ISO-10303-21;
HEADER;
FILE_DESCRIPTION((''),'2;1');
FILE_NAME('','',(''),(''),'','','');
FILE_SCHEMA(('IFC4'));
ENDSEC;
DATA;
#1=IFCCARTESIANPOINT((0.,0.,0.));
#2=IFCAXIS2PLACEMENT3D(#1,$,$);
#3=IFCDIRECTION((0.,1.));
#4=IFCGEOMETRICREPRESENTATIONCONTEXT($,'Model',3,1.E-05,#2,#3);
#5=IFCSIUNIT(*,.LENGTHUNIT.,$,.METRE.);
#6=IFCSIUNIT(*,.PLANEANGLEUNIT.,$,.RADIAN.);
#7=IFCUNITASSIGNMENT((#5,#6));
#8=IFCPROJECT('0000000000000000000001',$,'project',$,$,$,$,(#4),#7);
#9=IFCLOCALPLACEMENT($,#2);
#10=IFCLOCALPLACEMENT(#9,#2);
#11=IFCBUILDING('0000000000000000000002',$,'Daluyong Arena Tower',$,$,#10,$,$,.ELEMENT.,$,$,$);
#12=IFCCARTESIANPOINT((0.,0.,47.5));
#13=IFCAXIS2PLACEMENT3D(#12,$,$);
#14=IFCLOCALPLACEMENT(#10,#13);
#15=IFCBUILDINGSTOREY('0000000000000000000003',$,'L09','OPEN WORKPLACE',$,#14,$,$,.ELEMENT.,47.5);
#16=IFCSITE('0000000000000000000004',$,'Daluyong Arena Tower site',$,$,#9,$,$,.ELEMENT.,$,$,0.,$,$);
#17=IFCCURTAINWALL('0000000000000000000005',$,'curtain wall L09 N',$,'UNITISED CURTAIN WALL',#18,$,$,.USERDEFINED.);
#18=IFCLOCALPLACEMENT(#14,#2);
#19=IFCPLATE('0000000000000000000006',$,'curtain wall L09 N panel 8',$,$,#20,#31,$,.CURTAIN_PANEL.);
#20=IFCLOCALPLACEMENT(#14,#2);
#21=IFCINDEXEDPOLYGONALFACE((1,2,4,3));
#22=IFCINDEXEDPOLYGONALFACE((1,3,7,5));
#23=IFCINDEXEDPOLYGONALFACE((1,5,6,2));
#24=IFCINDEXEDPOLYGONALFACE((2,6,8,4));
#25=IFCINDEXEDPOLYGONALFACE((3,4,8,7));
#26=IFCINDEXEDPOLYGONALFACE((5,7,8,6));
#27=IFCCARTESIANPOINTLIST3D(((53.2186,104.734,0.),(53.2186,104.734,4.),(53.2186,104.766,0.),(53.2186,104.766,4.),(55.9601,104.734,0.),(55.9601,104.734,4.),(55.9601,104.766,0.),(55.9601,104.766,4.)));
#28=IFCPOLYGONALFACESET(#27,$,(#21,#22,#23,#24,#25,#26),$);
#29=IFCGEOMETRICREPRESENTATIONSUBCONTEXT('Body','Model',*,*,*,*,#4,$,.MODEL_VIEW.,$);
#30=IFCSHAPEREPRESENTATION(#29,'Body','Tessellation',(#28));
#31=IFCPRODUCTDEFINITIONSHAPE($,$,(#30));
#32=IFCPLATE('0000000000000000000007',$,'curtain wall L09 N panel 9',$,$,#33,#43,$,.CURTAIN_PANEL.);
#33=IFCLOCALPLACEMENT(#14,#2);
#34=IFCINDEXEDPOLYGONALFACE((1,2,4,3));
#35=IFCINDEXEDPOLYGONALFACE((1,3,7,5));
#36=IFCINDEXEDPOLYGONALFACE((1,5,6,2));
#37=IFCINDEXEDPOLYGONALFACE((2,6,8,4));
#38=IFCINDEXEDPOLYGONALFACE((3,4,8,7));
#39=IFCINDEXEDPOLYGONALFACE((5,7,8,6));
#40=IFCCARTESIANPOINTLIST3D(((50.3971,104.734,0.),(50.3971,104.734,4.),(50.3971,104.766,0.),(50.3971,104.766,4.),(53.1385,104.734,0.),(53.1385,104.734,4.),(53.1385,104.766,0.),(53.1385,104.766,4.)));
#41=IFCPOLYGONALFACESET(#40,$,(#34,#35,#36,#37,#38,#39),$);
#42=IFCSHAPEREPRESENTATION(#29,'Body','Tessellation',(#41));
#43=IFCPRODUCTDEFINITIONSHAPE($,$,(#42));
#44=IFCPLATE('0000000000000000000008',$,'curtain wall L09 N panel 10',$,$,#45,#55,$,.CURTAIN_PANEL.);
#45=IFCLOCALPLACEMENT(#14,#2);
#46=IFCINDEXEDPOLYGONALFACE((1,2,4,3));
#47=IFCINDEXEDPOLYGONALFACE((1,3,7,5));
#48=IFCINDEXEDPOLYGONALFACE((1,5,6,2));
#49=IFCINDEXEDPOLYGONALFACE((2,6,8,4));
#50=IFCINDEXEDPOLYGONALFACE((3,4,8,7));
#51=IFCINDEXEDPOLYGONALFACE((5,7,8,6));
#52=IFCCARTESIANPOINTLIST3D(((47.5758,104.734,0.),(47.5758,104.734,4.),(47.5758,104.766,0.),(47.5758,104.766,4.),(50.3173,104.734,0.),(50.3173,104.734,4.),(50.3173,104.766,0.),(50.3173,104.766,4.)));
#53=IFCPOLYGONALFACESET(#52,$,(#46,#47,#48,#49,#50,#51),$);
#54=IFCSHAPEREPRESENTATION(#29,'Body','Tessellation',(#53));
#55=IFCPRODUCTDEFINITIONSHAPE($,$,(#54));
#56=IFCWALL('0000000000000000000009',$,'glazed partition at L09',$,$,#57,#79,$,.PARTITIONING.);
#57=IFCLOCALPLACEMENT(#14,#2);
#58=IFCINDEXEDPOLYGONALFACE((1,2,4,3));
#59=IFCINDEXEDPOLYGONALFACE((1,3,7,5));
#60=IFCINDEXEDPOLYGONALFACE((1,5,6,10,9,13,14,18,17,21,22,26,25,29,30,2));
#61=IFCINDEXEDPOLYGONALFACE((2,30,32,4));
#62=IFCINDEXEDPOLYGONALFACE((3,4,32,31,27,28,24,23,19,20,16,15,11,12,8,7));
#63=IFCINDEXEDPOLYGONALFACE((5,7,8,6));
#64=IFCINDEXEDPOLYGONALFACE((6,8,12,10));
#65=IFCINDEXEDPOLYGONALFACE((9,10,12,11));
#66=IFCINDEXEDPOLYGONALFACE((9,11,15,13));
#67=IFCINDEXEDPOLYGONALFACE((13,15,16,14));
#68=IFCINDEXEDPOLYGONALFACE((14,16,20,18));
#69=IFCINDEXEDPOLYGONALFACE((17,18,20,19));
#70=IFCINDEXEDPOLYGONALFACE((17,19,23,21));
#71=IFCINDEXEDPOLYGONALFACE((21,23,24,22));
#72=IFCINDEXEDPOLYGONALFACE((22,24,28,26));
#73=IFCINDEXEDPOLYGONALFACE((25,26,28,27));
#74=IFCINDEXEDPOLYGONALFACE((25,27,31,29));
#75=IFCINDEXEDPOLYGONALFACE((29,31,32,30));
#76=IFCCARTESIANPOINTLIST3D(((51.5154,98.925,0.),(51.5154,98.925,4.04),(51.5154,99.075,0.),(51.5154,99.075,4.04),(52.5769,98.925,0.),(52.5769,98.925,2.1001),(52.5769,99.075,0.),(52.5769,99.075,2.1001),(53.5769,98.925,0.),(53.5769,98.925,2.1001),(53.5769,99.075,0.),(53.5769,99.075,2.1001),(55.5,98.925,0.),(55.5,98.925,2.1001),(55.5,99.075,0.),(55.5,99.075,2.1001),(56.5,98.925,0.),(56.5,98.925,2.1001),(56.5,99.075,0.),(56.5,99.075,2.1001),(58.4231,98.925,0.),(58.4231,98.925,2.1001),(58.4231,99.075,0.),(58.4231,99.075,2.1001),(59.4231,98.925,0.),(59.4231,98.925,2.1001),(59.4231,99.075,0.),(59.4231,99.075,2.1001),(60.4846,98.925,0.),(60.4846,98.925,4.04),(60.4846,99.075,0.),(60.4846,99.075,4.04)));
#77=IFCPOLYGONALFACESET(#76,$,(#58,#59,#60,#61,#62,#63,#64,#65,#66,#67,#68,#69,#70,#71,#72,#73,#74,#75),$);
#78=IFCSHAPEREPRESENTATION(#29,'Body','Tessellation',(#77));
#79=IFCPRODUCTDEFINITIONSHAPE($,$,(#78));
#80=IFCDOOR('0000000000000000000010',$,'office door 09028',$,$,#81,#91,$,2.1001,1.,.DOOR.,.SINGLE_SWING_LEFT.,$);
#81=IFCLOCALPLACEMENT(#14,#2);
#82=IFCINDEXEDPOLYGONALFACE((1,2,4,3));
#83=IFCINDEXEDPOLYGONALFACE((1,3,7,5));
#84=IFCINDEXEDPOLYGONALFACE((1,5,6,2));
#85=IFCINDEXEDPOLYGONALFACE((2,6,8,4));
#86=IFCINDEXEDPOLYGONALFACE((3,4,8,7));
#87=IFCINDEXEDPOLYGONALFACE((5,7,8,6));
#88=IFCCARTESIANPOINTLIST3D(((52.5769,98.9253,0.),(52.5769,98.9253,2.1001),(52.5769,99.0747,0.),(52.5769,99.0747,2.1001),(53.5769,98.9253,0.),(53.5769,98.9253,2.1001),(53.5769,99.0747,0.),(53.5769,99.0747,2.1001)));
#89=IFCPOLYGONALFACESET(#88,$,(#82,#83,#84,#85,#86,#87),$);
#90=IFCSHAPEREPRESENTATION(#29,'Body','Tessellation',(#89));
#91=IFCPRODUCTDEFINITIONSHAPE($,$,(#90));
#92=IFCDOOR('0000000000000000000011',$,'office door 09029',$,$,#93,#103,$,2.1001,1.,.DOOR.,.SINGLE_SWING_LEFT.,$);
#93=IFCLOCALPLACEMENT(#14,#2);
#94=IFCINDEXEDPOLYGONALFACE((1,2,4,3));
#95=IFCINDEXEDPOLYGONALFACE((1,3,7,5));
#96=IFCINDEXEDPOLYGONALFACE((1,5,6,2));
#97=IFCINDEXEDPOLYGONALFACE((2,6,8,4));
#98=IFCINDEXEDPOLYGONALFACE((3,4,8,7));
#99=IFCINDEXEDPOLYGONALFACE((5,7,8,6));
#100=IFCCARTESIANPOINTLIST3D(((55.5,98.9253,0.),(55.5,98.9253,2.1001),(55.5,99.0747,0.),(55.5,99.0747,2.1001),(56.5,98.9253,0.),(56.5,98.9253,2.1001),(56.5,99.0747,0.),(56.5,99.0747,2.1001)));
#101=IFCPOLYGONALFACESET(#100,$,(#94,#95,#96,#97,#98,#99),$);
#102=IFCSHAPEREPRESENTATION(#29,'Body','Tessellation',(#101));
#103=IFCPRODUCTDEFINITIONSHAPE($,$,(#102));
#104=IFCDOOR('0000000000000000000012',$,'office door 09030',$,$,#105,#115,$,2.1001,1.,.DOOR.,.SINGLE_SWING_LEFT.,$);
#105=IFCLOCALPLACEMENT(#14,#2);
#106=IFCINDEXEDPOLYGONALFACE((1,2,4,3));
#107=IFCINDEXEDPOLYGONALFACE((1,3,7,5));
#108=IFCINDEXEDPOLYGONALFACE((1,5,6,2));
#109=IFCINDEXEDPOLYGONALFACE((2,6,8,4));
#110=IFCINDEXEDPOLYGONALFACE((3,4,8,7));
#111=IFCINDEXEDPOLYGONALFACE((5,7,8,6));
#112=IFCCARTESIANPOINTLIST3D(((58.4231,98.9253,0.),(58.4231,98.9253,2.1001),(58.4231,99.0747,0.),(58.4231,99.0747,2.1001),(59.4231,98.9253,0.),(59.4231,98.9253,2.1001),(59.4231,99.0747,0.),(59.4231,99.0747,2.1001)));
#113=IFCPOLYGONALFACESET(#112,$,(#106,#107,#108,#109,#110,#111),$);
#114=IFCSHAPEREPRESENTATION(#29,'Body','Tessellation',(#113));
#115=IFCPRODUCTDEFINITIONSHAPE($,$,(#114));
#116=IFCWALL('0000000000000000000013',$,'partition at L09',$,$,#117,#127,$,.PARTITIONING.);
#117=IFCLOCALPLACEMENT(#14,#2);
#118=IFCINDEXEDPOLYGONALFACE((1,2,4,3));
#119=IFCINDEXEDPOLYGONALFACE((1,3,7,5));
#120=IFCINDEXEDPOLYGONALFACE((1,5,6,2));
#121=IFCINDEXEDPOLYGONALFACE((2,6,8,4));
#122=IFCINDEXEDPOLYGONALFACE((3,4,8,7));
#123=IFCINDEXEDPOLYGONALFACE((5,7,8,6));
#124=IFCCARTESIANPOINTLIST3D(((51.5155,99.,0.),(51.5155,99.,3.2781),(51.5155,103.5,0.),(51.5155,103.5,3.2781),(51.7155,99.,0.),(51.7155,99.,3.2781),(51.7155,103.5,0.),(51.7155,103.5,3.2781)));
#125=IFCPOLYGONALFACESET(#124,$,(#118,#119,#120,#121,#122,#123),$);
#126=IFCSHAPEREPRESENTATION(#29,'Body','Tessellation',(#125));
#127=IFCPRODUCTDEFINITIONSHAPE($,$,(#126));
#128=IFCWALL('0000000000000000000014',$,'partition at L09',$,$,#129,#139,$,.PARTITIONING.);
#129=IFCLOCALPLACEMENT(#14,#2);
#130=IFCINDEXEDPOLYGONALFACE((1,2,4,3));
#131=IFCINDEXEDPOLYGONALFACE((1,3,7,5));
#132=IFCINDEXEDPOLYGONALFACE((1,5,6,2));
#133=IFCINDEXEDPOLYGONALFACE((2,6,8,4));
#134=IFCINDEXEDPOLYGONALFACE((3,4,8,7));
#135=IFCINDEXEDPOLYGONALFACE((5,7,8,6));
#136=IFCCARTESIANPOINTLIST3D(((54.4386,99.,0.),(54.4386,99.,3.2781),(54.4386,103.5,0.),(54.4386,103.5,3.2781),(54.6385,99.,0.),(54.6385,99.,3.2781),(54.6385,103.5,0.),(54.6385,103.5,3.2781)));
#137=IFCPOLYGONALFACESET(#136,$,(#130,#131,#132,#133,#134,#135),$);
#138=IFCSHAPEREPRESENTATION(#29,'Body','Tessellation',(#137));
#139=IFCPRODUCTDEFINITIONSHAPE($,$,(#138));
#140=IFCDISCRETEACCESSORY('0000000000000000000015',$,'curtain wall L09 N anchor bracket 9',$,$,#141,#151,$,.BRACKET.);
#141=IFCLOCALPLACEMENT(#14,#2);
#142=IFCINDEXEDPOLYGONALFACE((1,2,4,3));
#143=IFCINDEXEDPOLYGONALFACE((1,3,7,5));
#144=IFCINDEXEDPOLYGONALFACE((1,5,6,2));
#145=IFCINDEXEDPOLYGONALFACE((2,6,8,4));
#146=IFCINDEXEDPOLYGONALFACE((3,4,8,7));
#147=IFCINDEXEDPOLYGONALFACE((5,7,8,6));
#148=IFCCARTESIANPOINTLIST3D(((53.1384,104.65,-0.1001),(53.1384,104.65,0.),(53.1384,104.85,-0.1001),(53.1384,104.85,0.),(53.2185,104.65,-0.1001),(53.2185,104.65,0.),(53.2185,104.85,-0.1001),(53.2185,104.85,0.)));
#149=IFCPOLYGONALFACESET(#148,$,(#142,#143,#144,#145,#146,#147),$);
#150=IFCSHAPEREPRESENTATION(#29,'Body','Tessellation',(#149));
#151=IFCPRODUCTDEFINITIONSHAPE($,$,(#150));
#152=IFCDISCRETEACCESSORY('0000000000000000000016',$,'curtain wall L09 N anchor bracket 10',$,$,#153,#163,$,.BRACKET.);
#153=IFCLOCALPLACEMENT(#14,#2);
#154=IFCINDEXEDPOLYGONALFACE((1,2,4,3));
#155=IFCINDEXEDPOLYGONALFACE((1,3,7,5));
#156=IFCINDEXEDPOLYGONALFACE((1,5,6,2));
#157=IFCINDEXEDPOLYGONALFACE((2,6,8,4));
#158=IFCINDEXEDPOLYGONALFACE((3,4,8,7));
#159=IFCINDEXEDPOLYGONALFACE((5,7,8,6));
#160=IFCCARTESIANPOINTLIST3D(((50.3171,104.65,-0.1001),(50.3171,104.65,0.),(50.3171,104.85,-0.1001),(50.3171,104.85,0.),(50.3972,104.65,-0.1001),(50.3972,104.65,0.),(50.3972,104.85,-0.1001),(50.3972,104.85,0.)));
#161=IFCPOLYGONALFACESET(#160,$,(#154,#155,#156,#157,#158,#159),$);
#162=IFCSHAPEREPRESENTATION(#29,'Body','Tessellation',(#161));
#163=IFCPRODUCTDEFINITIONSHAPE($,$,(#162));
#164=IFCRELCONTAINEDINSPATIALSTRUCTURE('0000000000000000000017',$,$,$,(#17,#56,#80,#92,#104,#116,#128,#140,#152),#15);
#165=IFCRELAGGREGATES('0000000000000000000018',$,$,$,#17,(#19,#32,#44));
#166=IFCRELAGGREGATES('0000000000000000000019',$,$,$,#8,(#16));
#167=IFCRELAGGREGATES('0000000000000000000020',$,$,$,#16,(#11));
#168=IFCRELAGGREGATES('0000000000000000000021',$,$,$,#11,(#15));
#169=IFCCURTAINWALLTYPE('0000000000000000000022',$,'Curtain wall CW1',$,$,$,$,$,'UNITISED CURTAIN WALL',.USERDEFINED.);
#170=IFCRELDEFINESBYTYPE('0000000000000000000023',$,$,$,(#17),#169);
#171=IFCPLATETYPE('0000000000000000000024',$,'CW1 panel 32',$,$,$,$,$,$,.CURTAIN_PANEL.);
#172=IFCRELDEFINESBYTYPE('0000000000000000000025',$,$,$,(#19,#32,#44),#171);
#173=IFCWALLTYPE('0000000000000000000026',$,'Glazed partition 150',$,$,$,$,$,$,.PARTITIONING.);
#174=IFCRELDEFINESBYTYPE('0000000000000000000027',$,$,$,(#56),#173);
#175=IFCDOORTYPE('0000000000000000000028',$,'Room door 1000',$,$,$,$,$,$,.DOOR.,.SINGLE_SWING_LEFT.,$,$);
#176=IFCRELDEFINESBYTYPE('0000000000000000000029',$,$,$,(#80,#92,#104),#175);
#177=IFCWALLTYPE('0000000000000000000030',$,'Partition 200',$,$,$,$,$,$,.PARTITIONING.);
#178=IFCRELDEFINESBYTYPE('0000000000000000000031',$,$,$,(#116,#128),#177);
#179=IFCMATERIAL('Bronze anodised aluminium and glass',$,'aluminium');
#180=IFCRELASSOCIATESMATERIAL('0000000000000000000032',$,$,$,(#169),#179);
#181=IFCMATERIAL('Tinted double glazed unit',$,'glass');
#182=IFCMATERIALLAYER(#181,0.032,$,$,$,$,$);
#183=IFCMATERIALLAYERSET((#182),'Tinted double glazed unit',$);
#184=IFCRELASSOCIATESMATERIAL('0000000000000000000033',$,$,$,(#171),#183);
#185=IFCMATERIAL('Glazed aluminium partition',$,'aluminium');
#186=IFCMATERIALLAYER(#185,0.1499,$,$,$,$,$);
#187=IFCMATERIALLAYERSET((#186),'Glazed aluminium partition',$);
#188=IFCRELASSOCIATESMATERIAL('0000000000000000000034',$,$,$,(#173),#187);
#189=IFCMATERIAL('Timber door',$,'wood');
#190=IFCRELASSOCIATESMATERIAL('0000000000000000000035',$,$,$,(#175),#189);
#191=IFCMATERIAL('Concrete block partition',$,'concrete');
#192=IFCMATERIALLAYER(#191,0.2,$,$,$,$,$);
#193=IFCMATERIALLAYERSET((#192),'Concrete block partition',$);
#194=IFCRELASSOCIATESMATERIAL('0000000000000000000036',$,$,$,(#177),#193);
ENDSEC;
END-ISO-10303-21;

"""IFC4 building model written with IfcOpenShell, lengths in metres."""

from ifc_helpers import new_model, si_unit, direction, frame, frame_2d, origin, origin_2d, place, context, subcontext, project, spatial, rectangle, extrude, material, layer, layer_set, type_object, element, fill, aggregate, save


model = new_model("IFC4")

# Units and contexts
model_context = context("Model", 3, precision=1e-05, world=origin(), true_north=direction((0.0, 1.0)))
body_context = subcontext(model_context, "Body", "Model", "MODEL_VIEW")
ifc_project = project(units=[si_unit("LENGTHUNIT", "METRE"), si_unit("PLANEANGLEUNIT", "RADIAN")], contexts=[model_context])

# Site, building, storey
site_placement = place(None, origin())
site = spatial("IfcSite", under=ifc_project, at=site_placement, Name="Daluyong Arena Tower site", CompositionType="ELEMENT", RefElevation=0.0)
building_placement = place(site_placement, origin())
building = spatial("IfcBuilding", under=site, at=building_placement, Name="Daluyong Arena Tower", CompositionType="ELEMENT")
storey_placement = place(building_placement, frame((0.0, 0.0, 47.5)))
storey = spatial("IfcBuildingStorey", under=building, at=storey_placement, Name="L09", Description="OPEN WORKPLACE", CompositionType="ELEMENT", Elevation=47.5)

# Curtain wall
ifc_material_1 = material(Name="Bronze anodised aluminium and glass", Category="aluminium")
curtain_wall_type = type_object("IfcCurtainWallType", Name="Curtain wall CW1", ElementType="UNITISED CURTAIN WALL", PredefinedType="USERDEFINED", material=ifc_material_1)
curtain_wall_placement = place(storey_placement, origin())
curtain_wall = element("IfcCurtainWall", 1, at=curtain_wall_placement, inside=storey, type_object=curtain_wall_type, Name="curtain wall L09 N", ObjectType="UNITISED CURTAIN WALL", PredefinedType="USERDEFINED")

# Plates
ifc_material_2 = material(Name="Tinted double glazed unit", Category="glass")
ifc_layer_1 = layer(ifc_material_2, 0.032)
ifc_layer_set_1 = layer_set([ifc_layer_1], Name="Tinted double glazed unit")
plate_type = type_object("IfcPlateType", Name="CW1 panel 32", PredefinedType="CURTAIN_PANEL", material=ifc_layer_set_1)
plate_1_placement = place(storey_placement, frame((54.5894, 104.75, 0.0), z_axis=(0.0, 0.0, 1.0), x_axis=(-1.0, 0.0, 0.0)))
plate_1 = element("IfcPlate", 2, at=plate_1_placement, type_object=plate_type, Name="curtain wall L09 N panel 8", PredefinedType="CURTAIN_PANEL", context=body_context, shape_type="SweptSolid", body=[
    extrude(rectangle(XDim=2.7415, YDim=0.032, at=origin_2d()), origin(), (0.0, 0.0, 1.0), 4.0),
])
plate_2_placement = place(storey_placement, frame((51.7678, 104.75, 0.0), z_axis=(0.0, 0.0, 1.0), x_axis=(-1.0, 0.0, 0.0)))
plate_2 = element("IfcPlate", 3, at=plate_2_placement, type_object=plate_type, Name="curtain wall L09 N panel 9", PredefinedType="CURTAIN_PANEL", context=body_context, shape_type="SweptSolid", body=[
    extrude(rectangle(XDim=2.7415, YDim=0.032, at=origin_2d()), origin(), (0.0, 0.0, 1.0), 4.0),
])
plate_3_placement = place(storey_placement, frame((48.9465, 104.75, 0.0), z_axis=(0.0, 0.0, 1.0), x_axis=(-1.0, 0.0, 0.0)))
plate_3 = element("IfcPlate", 4, at=plate_3_placement, type_object=plate_type, Name="curtain wall L09 N panel 10", PredefinedType="CURTAIN_PANEL", context=body_context, shape_type="SweptSolid", body=[
    extrude(rectangle(XDim=2.7415, YDim=0.032, at=origin_2d()), origin(), (0.0, 0.0, 1.0), 4.0),
])
aggregate(curtain_wall, [plate_1, plate_2, plate_3])

# Wall, openings, doors
ifc_material_3 = material(Name="Glazed aluminium partition", Category="aluminium")
ifc_layer_2 = layer(ifc_material_3, 0.1499)
ifc_layer_set_2 = layer_set([ifc_layer_2], Name="Glazed aluminium partition")
wall_type_1 = type_object("IfcWallType", Name="Glazed partition 150", PredefinedType="PARTITIONING", material=ifc_layer_set_2)
wall_placement = place(storey_placement, frame((51.5154, 99.0, 0.0), z_axis=(0.0, 0.0, 1.0), x_axis=(1.0, 0.0, 0.0)))
wall = element("IfcWall", 5, at=wall_placement, inside=storey, type_object=wall_type_1, Name="glazed partition at L09", PredefinedType="PARTITIONING", context=body_context, shape_type="SweptSolid", body=[
    extrude(rectangle(XDim=8.9692, YDim=0.1499, at=frame_2d((4.4846, 0.0))), origin(), (0.0, 0.0, 1.0), 4.04),
])
opening_1_placement = place(wall_placement, frame((1.0615, 0.0, 0.0)))
opening_1 = element("IfcOpeningElement", 6, at=opening_1_placement, cuts=wall, PredefinedType="OPENING", context=body_context, shape_type="SweptSolid", body=[
    extrude(rectangle(XDim=1.0, YDim=2.1001, at=frame_2d((0.5, 1.05))), frame((0.0, 0.085, 0.0), z_axis=(0.0, -1.0, 0.0), x_axis=(1.0, 0.0, 0.0)), (0.0, 0.0, 1.0), 0.1699),
])
opening_2_placement = place(wall_placement, frame((3.9846, 0.0, 0.0)))
opening_2 = element("IfcOpeningElement", 7, at=opening_2_placement, cuts=wall, PredefinedType="OPENING", context=body_context, shape_type="SweptSolid", body=[
    extrude(rectangle(XDim=1.0, YDim=2.1001, at=frame_2d((0.5, 1.05))), frame((0.0, 0.085, 0.0), z_axis=(0.0, -1.0, 0.0), x_axis=(1.0, 0.0, 0.0)), (0.0, 0.0, 1.0), 0.1699),
])
opening_3_placement = place(wall_placement, frame((6.9077, 0.0, 0.0)))
opening_3 = element("IfcOpeningElement", 8, at=opening_3_placement, cuts=wall, PredefinedType="OPENING", context=body_context, shape_type="SweptSolid", body=[
    extrude(rectangle(XDim=1.0, YDim=2.1001, at=frame_2d((0.5, 1.05))), frame((0.0, 0.085, 0.0), z_axis=(0.0, -1.0, 0.0), x_axis=(1.0, 0.0, 0.0)), (0.0, 0.0, 1.0), 0.1699),
])
ifc_material_4 = material(Name="Timber door", Category="wood")
door_type = type_object("IfcDoorType", Name="Room door 1000", OperationType="SINGLE_SWING_LEFT", PredefinedType="DOOR", material=ifc_material_4)
door_1_placement = place(opening_1_placement, origin())
door_1 = element("IfcDoor", 9, at=door_1_placement, inside=storey, type_object=door_type, Name="office door 09028", OperationType="SINGLE_SWING_LEFT", OverallHeight=2.1001, OverallWidth=1.0, PredefinedType="DOOR", context=body_context, shape_type="SweptSolid", body=[
    extrude(rectangle(XDim=1.0, YDim=2.1001, at=frame_2d((0.5, 1.05))), frame((0.0, 0.0747, 0.0), z_axis=(0.0, -1.0, 0.0), x_axis=(1.0, 0.0, 0.0)), (0.0, 0.0, 1.0), 0.1494),
])
fill(opening_1, door_1)
door_2_placement = place(opening_2_placement, origin())
door_2 = element("IfcDoor", 10, at=door_2_placement, inside=storey, type_object=door_type, Name="office door 09029", OperationType="SINGLE_SWING_LEFT", OverallHeight=2.1001, OverallWidth=1.0, PredefinedType="DOOR", context=body_context, shape_type="SweptSolid", body=[
    extrude(rectangle(XDim=1.0, YDim=2.1001, at=frame_2d((0.5, 1.05))), frame((0.0, 0.0747, 0.0), z_axis=(0.0, -1.0, 0.0), x_axis=(1.0, 0.0, 0.0)), (0.0, 0.0, 1.0), 0.1494),
])
fill(opening_2, door_2)
door_3_placement = place(opening_3_placement, origin())
door_3 = element("IfcDoor", 11, at=door_3_placement, inside=storey, type_object=door_type, Name="office door 09030", OperationType="SINGLE_SWING_LEFT", OverallHeight=2.1001, OverallWidth=1.0, PredefinedType="DOOR", context=body_context, shape_type="SweptSolid", body=[
    extrude(rectangle(XDim=1.0, YDim=2.1001, at=frame_2d((0.5, 1.05))), frame((0.0, 0.0747, 0.0), z_axis=(0.0, -1.0, 0.0), x_axis=(1.0, 0.0, 0.0)), (0.0, 0.0, 1.0), 0.1494),
])
fill(opening_3, door_3)

# Walls
ifc_material_5 = material(Name="Concrete block partition", Category="concrete")
ifc_layer_3 = layer(ifc_material_5, 0.2)
ifc_layer_set_3 = layer_set([ifc_layer_3], Name="Concrete block partition")
wall_type_2 = type_object("IfcWallType", Name="Partition 200", PredefinedType="PARTITIONING", material=ifc_layer_set_3)
for number, where, z_axis, x_axis, name in (
    (12, (51.6155, 99.0, 0.0), (0.0, 0.0, 1.0), (0.0, 1.0, 0.0), "partition at L09"),
    (13, (54.5386, 99.0, 0.0), (0.0, 0.0, 1.0), (0.0, 1.0, 0.0), "partition at L09"),
):
    element("IfcWall", number, at=place(storey_placement, frame(where, z_axis=z_axis, x_axis=x_axis)), inside=storey, type_object=wall_type_2, Name=name, PredefinedType="PARTITIONING", context=body_context, shape_type="SweptSolid", body=[
        extrude(rectangle(XDim=4.5, YDim=0.2, at=frame_2d((2.25, 0.0))), origin(), (0.0, 0.0, 1.0), 3.2781),
    ])

# Discrete accessories
for number, where, z_axis, x_axis, name in (
    (14, (53.1785, 104.75, -0.1001), (0.0, 0.0, 1.0), (-1.0, 0.0, 0.0), "curtain wall L09 N anchor bracket 9"),
    (15, (50.3572, 104.75, -0.1001), (0.0, 0.0, 1.0), (-1.0, 0.0, 0.0), "curtain wall L09 N anchor bracket 10"),
):
    element("IfcDiscreteAccessory", number, at=place(storey_placement, frame(where, z_axis=z_axis, x_axis=x_axis)), inside=storey, Name=name, PredefinedType="BRACKET", context=body_context, shape_type="SweptSolid", body=[
        extrude(rectangle(XDim=0.0801, YDim=0.2, at=origin_2d()), origin(), (0.0, 0.0, 1.0), 0.1001),
    ])

save(model, "model.ifc")
